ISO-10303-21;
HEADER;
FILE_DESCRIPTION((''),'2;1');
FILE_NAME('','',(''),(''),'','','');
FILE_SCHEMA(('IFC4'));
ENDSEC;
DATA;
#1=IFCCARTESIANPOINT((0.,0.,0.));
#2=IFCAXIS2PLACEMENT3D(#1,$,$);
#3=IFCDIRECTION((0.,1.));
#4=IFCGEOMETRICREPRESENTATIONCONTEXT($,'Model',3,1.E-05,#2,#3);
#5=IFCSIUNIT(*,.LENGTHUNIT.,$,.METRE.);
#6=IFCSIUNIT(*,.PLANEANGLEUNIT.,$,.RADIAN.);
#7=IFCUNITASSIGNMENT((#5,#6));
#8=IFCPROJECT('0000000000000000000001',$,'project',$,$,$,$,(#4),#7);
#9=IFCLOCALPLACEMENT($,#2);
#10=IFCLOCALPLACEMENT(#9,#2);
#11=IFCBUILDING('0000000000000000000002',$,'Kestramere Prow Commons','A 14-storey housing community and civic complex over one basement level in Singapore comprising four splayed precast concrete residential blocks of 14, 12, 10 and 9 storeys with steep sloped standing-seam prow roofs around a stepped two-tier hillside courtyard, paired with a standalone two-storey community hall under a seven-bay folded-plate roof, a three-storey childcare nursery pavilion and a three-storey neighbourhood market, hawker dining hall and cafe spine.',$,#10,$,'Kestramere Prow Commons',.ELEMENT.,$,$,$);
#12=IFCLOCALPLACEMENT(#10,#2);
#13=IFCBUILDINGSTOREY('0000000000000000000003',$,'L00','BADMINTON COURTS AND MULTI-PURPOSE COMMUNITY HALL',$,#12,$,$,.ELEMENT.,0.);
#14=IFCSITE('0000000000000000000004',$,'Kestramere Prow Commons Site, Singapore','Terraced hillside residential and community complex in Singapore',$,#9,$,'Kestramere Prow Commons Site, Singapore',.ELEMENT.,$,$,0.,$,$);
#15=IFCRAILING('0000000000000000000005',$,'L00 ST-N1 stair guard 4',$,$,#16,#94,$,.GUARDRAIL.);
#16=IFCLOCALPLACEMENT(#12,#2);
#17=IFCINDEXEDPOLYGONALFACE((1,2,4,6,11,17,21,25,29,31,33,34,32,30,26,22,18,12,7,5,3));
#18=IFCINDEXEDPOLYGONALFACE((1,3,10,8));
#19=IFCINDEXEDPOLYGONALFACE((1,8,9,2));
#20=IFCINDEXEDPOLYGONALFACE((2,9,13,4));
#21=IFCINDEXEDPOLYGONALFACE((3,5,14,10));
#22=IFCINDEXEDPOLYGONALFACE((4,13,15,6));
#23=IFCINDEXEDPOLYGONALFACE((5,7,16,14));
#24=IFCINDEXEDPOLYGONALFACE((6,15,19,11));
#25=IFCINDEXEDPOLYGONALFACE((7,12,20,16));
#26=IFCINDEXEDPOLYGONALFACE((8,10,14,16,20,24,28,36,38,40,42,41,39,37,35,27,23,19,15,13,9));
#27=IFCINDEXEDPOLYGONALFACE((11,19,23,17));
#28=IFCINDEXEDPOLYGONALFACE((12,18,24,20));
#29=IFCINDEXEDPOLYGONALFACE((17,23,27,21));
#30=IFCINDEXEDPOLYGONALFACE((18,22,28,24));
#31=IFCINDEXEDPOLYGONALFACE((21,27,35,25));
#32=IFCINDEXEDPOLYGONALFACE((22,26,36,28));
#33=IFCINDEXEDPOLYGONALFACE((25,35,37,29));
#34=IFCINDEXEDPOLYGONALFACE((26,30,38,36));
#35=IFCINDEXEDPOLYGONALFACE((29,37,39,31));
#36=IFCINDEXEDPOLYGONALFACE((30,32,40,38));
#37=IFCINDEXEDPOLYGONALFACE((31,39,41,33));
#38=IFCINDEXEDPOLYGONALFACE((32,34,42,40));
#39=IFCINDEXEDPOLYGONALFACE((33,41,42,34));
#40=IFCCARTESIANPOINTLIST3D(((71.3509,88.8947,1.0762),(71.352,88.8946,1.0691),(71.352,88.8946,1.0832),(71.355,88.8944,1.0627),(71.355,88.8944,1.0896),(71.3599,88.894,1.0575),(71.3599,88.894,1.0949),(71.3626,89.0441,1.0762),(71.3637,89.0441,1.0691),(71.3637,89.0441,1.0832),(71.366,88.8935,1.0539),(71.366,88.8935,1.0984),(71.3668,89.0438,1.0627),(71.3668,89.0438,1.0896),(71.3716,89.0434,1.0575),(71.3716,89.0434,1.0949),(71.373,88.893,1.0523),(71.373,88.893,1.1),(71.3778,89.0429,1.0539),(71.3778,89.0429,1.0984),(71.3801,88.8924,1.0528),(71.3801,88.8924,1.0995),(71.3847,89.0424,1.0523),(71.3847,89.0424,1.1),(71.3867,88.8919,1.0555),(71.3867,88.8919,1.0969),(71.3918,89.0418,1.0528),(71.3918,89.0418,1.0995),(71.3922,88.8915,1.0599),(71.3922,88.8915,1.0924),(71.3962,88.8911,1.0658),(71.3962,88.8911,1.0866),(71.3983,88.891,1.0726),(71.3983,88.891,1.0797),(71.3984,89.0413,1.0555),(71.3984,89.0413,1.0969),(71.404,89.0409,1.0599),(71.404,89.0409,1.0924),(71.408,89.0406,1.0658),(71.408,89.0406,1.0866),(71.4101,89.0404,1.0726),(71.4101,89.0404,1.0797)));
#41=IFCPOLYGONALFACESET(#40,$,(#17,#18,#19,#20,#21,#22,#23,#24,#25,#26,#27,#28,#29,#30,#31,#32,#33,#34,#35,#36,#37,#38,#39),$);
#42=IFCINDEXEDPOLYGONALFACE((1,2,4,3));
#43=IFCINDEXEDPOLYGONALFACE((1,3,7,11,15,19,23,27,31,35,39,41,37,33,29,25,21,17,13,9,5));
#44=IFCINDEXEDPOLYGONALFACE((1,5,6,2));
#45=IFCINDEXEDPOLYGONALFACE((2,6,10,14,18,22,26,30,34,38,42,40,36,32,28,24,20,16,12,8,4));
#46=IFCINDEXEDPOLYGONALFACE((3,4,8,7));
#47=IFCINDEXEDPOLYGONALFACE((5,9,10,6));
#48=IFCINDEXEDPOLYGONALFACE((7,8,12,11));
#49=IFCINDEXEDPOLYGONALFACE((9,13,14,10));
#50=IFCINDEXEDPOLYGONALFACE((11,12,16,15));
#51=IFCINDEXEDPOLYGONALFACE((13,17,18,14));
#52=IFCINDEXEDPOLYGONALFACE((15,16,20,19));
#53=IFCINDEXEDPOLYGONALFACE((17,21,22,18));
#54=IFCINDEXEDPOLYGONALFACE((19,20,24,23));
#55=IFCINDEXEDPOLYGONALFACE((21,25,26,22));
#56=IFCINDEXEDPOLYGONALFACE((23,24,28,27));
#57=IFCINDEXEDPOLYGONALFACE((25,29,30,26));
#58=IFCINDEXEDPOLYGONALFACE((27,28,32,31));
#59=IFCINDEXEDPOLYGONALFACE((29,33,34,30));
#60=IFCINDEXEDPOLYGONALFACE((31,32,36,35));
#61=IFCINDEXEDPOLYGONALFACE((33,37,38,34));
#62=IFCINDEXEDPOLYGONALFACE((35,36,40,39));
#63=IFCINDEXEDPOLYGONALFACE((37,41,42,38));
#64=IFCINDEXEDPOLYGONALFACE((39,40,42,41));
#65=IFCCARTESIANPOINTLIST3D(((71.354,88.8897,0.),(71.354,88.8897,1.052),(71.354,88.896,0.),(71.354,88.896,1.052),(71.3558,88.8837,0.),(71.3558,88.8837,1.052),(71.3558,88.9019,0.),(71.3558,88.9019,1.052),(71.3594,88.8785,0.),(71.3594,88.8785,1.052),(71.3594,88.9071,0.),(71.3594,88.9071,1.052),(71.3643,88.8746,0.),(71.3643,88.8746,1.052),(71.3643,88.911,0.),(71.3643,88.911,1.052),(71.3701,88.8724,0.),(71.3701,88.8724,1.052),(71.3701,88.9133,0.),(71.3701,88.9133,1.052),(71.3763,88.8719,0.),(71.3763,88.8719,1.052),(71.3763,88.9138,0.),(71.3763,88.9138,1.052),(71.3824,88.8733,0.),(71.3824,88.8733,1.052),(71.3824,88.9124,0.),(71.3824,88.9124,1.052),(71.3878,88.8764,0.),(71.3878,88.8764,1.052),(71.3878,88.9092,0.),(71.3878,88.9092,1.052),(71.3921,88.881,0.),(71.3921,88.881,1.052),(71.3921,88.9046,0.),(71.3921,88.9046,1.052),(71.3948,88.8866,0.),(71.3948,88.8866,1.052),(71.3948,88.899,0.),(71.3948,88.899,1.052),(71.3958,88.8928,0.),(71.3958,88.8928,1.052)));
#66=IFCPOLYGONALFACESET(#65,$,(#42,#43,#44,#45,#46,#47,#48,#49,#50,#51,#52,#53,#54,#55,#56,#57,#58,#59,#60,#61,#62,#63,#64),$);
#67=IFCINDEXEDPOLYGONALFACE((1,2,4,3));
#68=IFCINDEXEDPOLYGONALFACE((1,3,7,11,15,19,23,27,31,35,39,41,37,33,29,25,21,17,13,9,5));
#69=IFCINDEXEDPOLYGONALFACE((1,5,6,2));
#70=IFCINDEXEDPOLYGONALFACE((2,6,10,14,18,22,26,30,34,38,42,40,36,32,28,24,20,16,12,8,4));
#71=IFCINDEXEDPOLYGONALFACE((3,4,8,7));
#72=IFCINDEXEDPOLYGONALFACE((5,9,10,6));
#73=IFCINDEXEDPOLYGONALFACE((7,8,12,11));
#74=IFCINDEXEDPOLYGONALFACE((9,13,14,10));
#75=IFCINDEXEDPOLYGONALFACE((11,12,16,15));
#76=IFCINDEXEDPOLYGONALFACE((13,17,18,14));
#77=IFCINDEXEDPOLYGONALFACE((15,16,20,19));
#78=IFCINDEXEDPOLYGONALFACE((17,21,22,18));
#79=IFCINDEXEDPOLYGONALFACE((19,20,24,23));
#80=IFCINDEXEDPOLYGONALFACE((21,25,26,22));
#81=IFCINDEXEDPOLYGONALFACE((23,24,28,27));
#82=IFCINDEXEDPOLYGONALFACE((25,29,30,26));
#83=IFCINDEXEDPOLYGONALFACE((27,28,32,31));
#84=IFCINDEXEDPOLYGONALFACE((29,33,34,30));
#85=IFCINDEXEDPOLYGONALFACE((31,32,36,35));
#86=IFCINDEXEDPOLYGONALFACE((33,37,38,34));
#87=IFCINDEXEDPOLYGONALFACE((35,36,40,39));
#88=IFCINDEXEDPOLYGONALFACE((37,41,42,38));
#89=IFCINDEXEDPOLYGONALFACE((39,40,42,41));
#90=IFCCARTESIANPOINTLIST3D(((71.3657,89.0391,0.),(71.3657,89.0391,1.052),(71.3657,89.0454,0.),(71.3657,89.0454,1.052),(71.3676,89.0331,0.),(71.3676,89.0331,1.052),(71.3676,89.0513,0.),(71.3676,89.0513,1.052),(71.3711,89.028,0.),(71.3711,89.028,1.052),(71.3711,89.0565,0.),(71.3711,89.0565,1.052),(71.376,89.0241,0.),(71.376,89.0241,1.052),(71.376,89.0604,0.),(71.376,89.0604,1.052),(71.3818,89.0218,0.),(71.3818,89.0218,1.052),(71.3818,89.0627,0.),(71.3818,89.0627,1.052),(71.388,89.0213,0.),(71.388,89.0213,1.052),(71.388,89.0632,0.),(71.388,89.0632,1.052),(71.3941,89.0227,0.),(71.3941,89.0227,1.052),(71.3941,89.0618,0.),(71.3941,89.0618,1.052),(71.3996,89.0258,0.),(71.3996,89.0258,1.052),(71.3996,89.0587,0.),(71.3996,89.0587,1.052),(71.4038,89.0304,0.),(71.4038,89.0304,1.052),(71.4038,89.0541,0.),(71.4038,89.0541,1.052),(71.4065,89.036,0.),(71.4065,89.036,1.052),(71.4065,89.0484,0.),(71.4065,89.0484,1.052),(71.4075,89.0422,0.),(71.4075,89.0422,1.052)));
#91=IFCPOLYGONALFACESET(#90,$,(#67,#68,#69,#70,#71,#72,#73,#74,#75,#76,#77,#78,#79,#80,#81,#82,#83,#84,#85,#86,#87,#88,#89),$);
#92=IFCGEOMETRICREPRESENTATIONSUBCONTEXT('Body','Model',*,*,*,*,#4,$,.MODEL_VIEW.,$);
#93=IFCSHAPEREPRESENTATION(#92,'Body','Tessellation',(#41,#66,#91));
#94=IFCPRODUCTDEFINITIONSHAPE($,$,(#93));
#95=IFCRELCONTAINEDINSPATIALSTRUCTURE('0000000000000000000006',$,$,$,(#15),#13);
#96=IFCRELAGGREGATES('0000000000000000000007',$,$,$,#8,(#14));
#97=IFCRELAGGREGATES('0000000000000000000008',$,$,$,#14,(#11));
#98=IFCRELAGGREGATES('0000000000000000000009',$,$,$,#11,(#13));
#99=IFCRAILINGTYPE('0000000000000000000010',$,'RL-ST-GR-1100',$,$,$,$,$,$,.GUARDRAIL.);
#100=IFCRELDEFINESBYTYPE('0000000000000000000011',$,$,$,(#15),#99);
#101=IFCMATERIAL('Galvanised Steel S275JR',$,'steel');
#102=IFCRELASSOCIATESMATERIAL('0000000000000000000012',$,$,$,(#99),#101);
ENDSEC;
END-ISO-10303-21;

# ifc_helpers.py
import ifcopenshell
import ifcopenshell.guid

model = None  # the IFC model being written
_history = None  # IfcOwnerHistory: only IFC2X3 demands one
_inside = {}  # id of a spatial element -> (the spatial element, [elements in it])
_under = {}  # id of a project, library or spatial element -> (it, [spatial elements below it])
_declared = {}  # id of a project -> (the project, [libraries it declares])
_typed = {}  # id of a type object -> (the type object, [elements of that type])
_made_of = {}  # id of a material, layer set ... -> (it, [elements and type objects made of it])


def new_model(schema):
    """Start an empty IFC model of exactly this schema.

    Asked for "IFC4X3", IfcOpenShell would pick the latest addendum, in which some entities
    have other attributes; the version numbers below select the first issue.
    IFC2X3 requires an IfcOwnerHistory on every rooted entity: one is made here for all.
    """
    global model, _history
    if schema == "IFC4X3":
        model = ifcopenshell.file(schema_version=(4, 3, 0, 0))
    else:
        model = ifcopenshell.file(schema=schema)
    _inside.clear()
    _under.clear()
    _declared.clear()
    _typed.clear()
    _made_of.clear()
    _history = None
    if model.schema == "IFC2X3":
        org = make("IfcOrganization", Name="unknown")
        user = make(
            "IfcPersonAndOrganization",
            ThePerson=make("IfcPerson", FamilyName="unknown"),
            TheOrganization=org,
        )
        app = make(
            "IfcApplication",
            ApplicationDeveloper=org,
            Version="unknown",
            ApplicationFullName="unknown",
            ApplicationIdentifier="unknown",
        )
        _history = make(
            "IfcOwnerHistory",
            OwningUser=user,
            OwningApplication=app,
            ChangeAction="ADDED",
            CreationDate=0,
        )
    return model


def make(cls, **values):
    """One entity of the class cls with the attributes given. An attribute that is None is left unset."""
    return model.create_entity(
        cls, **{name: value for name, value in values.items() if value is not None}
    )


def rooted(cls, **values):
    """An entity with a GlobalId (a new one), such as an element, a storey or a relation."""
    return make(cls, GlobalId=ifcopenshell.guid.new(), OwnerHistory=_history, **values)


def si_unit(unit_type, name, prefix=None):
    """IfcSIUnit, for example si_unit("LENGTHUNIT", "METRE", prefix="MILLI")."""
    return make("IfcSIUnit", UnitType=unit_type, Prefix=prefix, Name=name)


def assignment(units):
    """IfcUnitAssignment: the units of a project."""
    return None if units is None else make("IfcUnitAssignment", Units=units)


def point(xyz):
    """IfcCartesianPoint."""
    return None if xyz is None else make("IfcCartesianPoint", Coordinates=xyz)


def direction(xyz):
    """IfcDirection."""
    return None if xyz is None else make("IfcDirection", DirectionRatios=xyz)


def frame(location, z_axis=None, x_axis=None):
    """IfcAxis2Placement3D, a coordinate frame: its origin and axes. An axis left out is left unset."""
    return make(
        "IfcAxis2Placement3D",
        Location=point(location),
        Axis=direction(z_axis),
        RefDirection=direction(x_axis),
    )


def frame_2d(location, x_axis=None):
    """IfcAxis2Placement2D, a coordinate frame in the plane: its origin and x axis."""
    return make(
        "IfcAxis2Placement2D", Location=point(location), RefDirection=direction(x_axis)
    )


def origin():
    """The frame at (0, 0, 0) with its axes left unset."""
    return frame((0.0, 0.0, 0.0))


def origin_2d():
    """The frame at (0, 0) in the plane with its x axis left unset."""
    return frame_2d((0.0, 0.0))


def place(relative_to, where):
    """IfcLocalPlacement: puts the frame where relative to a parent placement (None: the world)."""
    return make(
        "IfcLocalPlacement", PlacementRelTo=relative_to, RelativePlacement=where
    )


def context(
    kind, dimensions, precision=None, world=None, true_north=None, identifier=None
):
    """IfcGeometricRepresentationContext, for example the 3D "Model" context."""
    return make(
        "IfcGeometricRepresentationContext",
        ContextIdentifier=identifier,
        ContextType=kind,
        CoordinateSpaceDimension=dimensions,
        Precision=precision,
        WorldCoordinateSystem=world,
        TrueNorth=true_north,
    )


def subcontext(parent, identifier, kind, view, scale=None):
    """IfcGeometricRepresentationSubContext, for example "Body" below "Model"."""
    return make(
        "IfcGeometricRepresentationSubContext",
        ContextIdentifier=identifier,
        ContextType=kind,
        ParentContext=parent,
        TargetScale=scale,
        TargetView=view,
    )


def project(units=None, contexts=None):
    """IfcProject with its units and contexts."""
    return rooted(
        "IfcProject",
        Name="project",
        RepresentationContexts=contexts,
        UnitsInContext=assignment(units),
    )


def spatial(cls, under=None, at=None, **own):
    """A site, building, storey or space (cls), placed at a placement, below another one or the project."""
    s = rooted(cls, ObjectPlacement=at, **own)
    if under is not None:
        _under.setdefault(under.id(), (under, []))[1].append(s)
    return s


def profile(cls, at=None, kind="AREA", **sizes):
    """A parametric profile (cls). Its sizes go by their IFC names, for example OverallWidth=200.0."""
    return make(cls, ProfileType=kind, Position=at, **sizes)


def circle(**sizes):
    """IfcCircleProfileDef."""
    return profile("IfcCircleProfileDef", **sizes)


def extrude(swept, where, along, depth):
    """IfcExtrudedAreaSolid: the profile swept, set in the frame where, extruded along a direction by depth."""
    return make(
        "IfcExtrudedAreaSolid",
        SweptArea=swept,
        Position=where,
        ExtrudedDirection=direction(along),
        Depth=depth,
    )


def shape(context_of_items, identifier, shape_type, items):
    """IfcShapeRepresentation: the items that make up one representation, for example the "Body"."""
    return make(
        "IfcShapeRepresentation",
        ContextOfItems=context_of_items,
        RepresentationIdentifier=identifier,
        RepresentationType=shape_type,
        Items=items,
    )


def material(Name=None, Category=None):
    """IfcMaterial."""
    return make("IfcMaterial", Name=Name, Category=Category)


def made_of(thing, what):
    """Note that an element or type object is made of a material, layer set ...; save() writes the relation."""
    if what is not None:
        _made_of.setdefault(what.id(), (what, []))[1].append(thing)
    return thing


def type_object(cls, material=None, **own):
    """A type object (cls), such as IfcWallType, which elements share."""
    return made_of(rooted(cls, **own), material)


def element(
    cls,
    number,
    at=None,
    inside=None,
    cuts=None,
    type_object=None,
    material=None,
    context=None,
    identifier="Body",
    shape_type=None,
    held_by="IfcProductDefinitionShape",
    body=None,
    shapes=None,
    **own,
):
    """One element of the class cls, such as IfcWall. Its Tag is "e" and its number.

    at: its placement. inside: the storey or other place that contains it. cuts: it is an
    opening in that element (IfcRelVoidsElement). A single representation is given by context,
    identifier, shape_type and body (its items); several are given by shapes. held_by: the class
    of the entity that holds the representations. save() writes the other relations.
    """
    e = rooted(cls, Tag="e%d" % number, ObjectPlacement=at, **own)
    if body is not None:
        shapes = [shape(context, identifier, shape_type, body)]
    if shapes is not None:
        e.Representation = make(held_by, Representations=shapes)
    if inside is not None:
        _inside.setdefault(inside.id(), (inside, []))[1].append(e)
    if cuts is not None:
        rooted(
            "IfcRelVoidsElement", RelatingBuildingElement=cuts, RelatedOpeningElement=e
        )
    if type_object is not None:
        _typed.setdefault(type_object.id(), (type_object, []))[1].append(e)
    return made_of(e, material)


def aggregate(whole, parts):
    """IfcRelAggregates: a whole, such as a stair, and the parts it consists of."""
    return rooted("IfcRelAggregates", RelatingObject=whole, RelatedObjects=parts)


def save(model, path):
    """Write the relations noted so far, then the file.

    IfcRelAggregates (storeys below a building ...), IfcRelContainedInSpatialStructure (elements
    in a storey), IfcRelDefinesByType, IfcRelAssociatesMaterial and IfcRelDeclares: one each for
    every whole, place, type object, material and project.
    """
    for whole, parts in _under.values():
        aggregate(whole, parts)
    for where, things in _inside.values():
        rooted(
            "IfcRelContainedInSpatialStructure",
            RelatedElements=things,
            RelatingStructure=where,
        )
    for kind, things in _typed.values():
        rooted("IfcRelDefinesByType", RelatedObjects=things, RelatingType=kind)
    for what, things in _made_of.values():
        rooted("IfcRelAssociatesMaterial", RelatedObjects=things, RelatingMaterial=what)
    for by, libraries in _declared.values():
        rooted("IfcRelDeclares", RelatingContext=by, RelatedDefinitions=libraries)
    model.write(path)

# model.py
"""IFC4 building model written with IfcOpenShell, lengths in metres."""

from ifc_helpers import new_model, si_unit, direction, frame, origin, origin_2d, place, context, subcontext, project, spatial, circle, extrude, material, type_object, element, save


model = new_model("IFC4")

# Units and contexts
model_context = context("Model", 3, precision=1e-05, world=origin(), true_north=direction((0.0, 1.0)))
body_context = subcontext(model_context, "Body", "Model", "MODEL_VIEW")
ifc_project = project(units=[si_unit("LENGTHUNIT", "METRE"), si_unit("PLANEANGLEUNIT", "RADIAN")], contexts=[model_context])

# Site, building, storey
site_placement = place(None, origin())
site = spatial("IfcSite", under=ifc_project, at=site_placement, Name="Kestramere Prow Commons Site, Singapore", Description="Terraced hillside residential and community complex in Singapore", LongName="Kestramere Prow Commons Site, Singapore", CompositionType="ELEMENT", RefElevation=0.0)
building_placement = place(site_placement, origin())
building = spatial("IfcBuilding", under=site, at=building_placement, Name="Kestramere Prow Commons", Description="A 14-storey housing community and civic complex over one basement level in Singapore comprising four splayed precast concrete residential blocks of 14, 12, 10 and 9 storeys with steep sloped standing-seam prow roofs around a stepped two-tier hillside courtyard, paired with a standalone two-storey community hall under a seven-bay folded-plate roof, a three-storey childcare nursery pavilion and a three-storey neighbourhood market, hawker dining hall and cafe spine.", LongName="Kestramere Prow Commons", CompositionType="ELEMENT")
storey_placement = place(building_placement, origin())
storey = spatial("IfcBuildingStorey", under=building, at=storey_placement, Name="L00", Description="BADMINTON COURTS AND MULTI-PURPOSE COMMUNITY HALL", CompositionType="ELEMENT", Elevation=0.0)

# Railing
ifc_material_1 = material(Name="Galvanised Steel S275JR", Category="steel")
railing_type_1 = type_object("IfcRailingType", Name="RL-ST-GR-1100", PredefinedType="GUARDRAIL", material=ifc_material_1)
railing_1_placement = place(storey_placement, frame((71.3748, 88.8928, 0.0)))
element("IfcRailing", 1, at=railing_1_placement, inside=storey, type_object=railing_type_1, Name="L00 ST-N1 stair guard 4", PredefinedType="GUARDRAIL", context=body_context, shape_type="SweptSolid", body=[
    extrude(circle(Radius=0.0239, at=origin_2d()), frame((0.0, 0.0, 1.0762), z_axis=(0.078191, 0.996938, 0.0), x_axis=(-0.996938, 0.078191, 0.0)), (0.0, 0.0, 1.0), 0.1499),
    extrude(circle(Radius=0.021, at=origin_2d()), origin(), (0.0, 0.0, 1.0), 1.052),
    extrude(circle(Radius=0.021, at=origin_2d()), frame((0.0117, 0.1494, 0.0)), (0.0, 0.0, 1.0), 1.052),
])

save(model, "model.ifc")
